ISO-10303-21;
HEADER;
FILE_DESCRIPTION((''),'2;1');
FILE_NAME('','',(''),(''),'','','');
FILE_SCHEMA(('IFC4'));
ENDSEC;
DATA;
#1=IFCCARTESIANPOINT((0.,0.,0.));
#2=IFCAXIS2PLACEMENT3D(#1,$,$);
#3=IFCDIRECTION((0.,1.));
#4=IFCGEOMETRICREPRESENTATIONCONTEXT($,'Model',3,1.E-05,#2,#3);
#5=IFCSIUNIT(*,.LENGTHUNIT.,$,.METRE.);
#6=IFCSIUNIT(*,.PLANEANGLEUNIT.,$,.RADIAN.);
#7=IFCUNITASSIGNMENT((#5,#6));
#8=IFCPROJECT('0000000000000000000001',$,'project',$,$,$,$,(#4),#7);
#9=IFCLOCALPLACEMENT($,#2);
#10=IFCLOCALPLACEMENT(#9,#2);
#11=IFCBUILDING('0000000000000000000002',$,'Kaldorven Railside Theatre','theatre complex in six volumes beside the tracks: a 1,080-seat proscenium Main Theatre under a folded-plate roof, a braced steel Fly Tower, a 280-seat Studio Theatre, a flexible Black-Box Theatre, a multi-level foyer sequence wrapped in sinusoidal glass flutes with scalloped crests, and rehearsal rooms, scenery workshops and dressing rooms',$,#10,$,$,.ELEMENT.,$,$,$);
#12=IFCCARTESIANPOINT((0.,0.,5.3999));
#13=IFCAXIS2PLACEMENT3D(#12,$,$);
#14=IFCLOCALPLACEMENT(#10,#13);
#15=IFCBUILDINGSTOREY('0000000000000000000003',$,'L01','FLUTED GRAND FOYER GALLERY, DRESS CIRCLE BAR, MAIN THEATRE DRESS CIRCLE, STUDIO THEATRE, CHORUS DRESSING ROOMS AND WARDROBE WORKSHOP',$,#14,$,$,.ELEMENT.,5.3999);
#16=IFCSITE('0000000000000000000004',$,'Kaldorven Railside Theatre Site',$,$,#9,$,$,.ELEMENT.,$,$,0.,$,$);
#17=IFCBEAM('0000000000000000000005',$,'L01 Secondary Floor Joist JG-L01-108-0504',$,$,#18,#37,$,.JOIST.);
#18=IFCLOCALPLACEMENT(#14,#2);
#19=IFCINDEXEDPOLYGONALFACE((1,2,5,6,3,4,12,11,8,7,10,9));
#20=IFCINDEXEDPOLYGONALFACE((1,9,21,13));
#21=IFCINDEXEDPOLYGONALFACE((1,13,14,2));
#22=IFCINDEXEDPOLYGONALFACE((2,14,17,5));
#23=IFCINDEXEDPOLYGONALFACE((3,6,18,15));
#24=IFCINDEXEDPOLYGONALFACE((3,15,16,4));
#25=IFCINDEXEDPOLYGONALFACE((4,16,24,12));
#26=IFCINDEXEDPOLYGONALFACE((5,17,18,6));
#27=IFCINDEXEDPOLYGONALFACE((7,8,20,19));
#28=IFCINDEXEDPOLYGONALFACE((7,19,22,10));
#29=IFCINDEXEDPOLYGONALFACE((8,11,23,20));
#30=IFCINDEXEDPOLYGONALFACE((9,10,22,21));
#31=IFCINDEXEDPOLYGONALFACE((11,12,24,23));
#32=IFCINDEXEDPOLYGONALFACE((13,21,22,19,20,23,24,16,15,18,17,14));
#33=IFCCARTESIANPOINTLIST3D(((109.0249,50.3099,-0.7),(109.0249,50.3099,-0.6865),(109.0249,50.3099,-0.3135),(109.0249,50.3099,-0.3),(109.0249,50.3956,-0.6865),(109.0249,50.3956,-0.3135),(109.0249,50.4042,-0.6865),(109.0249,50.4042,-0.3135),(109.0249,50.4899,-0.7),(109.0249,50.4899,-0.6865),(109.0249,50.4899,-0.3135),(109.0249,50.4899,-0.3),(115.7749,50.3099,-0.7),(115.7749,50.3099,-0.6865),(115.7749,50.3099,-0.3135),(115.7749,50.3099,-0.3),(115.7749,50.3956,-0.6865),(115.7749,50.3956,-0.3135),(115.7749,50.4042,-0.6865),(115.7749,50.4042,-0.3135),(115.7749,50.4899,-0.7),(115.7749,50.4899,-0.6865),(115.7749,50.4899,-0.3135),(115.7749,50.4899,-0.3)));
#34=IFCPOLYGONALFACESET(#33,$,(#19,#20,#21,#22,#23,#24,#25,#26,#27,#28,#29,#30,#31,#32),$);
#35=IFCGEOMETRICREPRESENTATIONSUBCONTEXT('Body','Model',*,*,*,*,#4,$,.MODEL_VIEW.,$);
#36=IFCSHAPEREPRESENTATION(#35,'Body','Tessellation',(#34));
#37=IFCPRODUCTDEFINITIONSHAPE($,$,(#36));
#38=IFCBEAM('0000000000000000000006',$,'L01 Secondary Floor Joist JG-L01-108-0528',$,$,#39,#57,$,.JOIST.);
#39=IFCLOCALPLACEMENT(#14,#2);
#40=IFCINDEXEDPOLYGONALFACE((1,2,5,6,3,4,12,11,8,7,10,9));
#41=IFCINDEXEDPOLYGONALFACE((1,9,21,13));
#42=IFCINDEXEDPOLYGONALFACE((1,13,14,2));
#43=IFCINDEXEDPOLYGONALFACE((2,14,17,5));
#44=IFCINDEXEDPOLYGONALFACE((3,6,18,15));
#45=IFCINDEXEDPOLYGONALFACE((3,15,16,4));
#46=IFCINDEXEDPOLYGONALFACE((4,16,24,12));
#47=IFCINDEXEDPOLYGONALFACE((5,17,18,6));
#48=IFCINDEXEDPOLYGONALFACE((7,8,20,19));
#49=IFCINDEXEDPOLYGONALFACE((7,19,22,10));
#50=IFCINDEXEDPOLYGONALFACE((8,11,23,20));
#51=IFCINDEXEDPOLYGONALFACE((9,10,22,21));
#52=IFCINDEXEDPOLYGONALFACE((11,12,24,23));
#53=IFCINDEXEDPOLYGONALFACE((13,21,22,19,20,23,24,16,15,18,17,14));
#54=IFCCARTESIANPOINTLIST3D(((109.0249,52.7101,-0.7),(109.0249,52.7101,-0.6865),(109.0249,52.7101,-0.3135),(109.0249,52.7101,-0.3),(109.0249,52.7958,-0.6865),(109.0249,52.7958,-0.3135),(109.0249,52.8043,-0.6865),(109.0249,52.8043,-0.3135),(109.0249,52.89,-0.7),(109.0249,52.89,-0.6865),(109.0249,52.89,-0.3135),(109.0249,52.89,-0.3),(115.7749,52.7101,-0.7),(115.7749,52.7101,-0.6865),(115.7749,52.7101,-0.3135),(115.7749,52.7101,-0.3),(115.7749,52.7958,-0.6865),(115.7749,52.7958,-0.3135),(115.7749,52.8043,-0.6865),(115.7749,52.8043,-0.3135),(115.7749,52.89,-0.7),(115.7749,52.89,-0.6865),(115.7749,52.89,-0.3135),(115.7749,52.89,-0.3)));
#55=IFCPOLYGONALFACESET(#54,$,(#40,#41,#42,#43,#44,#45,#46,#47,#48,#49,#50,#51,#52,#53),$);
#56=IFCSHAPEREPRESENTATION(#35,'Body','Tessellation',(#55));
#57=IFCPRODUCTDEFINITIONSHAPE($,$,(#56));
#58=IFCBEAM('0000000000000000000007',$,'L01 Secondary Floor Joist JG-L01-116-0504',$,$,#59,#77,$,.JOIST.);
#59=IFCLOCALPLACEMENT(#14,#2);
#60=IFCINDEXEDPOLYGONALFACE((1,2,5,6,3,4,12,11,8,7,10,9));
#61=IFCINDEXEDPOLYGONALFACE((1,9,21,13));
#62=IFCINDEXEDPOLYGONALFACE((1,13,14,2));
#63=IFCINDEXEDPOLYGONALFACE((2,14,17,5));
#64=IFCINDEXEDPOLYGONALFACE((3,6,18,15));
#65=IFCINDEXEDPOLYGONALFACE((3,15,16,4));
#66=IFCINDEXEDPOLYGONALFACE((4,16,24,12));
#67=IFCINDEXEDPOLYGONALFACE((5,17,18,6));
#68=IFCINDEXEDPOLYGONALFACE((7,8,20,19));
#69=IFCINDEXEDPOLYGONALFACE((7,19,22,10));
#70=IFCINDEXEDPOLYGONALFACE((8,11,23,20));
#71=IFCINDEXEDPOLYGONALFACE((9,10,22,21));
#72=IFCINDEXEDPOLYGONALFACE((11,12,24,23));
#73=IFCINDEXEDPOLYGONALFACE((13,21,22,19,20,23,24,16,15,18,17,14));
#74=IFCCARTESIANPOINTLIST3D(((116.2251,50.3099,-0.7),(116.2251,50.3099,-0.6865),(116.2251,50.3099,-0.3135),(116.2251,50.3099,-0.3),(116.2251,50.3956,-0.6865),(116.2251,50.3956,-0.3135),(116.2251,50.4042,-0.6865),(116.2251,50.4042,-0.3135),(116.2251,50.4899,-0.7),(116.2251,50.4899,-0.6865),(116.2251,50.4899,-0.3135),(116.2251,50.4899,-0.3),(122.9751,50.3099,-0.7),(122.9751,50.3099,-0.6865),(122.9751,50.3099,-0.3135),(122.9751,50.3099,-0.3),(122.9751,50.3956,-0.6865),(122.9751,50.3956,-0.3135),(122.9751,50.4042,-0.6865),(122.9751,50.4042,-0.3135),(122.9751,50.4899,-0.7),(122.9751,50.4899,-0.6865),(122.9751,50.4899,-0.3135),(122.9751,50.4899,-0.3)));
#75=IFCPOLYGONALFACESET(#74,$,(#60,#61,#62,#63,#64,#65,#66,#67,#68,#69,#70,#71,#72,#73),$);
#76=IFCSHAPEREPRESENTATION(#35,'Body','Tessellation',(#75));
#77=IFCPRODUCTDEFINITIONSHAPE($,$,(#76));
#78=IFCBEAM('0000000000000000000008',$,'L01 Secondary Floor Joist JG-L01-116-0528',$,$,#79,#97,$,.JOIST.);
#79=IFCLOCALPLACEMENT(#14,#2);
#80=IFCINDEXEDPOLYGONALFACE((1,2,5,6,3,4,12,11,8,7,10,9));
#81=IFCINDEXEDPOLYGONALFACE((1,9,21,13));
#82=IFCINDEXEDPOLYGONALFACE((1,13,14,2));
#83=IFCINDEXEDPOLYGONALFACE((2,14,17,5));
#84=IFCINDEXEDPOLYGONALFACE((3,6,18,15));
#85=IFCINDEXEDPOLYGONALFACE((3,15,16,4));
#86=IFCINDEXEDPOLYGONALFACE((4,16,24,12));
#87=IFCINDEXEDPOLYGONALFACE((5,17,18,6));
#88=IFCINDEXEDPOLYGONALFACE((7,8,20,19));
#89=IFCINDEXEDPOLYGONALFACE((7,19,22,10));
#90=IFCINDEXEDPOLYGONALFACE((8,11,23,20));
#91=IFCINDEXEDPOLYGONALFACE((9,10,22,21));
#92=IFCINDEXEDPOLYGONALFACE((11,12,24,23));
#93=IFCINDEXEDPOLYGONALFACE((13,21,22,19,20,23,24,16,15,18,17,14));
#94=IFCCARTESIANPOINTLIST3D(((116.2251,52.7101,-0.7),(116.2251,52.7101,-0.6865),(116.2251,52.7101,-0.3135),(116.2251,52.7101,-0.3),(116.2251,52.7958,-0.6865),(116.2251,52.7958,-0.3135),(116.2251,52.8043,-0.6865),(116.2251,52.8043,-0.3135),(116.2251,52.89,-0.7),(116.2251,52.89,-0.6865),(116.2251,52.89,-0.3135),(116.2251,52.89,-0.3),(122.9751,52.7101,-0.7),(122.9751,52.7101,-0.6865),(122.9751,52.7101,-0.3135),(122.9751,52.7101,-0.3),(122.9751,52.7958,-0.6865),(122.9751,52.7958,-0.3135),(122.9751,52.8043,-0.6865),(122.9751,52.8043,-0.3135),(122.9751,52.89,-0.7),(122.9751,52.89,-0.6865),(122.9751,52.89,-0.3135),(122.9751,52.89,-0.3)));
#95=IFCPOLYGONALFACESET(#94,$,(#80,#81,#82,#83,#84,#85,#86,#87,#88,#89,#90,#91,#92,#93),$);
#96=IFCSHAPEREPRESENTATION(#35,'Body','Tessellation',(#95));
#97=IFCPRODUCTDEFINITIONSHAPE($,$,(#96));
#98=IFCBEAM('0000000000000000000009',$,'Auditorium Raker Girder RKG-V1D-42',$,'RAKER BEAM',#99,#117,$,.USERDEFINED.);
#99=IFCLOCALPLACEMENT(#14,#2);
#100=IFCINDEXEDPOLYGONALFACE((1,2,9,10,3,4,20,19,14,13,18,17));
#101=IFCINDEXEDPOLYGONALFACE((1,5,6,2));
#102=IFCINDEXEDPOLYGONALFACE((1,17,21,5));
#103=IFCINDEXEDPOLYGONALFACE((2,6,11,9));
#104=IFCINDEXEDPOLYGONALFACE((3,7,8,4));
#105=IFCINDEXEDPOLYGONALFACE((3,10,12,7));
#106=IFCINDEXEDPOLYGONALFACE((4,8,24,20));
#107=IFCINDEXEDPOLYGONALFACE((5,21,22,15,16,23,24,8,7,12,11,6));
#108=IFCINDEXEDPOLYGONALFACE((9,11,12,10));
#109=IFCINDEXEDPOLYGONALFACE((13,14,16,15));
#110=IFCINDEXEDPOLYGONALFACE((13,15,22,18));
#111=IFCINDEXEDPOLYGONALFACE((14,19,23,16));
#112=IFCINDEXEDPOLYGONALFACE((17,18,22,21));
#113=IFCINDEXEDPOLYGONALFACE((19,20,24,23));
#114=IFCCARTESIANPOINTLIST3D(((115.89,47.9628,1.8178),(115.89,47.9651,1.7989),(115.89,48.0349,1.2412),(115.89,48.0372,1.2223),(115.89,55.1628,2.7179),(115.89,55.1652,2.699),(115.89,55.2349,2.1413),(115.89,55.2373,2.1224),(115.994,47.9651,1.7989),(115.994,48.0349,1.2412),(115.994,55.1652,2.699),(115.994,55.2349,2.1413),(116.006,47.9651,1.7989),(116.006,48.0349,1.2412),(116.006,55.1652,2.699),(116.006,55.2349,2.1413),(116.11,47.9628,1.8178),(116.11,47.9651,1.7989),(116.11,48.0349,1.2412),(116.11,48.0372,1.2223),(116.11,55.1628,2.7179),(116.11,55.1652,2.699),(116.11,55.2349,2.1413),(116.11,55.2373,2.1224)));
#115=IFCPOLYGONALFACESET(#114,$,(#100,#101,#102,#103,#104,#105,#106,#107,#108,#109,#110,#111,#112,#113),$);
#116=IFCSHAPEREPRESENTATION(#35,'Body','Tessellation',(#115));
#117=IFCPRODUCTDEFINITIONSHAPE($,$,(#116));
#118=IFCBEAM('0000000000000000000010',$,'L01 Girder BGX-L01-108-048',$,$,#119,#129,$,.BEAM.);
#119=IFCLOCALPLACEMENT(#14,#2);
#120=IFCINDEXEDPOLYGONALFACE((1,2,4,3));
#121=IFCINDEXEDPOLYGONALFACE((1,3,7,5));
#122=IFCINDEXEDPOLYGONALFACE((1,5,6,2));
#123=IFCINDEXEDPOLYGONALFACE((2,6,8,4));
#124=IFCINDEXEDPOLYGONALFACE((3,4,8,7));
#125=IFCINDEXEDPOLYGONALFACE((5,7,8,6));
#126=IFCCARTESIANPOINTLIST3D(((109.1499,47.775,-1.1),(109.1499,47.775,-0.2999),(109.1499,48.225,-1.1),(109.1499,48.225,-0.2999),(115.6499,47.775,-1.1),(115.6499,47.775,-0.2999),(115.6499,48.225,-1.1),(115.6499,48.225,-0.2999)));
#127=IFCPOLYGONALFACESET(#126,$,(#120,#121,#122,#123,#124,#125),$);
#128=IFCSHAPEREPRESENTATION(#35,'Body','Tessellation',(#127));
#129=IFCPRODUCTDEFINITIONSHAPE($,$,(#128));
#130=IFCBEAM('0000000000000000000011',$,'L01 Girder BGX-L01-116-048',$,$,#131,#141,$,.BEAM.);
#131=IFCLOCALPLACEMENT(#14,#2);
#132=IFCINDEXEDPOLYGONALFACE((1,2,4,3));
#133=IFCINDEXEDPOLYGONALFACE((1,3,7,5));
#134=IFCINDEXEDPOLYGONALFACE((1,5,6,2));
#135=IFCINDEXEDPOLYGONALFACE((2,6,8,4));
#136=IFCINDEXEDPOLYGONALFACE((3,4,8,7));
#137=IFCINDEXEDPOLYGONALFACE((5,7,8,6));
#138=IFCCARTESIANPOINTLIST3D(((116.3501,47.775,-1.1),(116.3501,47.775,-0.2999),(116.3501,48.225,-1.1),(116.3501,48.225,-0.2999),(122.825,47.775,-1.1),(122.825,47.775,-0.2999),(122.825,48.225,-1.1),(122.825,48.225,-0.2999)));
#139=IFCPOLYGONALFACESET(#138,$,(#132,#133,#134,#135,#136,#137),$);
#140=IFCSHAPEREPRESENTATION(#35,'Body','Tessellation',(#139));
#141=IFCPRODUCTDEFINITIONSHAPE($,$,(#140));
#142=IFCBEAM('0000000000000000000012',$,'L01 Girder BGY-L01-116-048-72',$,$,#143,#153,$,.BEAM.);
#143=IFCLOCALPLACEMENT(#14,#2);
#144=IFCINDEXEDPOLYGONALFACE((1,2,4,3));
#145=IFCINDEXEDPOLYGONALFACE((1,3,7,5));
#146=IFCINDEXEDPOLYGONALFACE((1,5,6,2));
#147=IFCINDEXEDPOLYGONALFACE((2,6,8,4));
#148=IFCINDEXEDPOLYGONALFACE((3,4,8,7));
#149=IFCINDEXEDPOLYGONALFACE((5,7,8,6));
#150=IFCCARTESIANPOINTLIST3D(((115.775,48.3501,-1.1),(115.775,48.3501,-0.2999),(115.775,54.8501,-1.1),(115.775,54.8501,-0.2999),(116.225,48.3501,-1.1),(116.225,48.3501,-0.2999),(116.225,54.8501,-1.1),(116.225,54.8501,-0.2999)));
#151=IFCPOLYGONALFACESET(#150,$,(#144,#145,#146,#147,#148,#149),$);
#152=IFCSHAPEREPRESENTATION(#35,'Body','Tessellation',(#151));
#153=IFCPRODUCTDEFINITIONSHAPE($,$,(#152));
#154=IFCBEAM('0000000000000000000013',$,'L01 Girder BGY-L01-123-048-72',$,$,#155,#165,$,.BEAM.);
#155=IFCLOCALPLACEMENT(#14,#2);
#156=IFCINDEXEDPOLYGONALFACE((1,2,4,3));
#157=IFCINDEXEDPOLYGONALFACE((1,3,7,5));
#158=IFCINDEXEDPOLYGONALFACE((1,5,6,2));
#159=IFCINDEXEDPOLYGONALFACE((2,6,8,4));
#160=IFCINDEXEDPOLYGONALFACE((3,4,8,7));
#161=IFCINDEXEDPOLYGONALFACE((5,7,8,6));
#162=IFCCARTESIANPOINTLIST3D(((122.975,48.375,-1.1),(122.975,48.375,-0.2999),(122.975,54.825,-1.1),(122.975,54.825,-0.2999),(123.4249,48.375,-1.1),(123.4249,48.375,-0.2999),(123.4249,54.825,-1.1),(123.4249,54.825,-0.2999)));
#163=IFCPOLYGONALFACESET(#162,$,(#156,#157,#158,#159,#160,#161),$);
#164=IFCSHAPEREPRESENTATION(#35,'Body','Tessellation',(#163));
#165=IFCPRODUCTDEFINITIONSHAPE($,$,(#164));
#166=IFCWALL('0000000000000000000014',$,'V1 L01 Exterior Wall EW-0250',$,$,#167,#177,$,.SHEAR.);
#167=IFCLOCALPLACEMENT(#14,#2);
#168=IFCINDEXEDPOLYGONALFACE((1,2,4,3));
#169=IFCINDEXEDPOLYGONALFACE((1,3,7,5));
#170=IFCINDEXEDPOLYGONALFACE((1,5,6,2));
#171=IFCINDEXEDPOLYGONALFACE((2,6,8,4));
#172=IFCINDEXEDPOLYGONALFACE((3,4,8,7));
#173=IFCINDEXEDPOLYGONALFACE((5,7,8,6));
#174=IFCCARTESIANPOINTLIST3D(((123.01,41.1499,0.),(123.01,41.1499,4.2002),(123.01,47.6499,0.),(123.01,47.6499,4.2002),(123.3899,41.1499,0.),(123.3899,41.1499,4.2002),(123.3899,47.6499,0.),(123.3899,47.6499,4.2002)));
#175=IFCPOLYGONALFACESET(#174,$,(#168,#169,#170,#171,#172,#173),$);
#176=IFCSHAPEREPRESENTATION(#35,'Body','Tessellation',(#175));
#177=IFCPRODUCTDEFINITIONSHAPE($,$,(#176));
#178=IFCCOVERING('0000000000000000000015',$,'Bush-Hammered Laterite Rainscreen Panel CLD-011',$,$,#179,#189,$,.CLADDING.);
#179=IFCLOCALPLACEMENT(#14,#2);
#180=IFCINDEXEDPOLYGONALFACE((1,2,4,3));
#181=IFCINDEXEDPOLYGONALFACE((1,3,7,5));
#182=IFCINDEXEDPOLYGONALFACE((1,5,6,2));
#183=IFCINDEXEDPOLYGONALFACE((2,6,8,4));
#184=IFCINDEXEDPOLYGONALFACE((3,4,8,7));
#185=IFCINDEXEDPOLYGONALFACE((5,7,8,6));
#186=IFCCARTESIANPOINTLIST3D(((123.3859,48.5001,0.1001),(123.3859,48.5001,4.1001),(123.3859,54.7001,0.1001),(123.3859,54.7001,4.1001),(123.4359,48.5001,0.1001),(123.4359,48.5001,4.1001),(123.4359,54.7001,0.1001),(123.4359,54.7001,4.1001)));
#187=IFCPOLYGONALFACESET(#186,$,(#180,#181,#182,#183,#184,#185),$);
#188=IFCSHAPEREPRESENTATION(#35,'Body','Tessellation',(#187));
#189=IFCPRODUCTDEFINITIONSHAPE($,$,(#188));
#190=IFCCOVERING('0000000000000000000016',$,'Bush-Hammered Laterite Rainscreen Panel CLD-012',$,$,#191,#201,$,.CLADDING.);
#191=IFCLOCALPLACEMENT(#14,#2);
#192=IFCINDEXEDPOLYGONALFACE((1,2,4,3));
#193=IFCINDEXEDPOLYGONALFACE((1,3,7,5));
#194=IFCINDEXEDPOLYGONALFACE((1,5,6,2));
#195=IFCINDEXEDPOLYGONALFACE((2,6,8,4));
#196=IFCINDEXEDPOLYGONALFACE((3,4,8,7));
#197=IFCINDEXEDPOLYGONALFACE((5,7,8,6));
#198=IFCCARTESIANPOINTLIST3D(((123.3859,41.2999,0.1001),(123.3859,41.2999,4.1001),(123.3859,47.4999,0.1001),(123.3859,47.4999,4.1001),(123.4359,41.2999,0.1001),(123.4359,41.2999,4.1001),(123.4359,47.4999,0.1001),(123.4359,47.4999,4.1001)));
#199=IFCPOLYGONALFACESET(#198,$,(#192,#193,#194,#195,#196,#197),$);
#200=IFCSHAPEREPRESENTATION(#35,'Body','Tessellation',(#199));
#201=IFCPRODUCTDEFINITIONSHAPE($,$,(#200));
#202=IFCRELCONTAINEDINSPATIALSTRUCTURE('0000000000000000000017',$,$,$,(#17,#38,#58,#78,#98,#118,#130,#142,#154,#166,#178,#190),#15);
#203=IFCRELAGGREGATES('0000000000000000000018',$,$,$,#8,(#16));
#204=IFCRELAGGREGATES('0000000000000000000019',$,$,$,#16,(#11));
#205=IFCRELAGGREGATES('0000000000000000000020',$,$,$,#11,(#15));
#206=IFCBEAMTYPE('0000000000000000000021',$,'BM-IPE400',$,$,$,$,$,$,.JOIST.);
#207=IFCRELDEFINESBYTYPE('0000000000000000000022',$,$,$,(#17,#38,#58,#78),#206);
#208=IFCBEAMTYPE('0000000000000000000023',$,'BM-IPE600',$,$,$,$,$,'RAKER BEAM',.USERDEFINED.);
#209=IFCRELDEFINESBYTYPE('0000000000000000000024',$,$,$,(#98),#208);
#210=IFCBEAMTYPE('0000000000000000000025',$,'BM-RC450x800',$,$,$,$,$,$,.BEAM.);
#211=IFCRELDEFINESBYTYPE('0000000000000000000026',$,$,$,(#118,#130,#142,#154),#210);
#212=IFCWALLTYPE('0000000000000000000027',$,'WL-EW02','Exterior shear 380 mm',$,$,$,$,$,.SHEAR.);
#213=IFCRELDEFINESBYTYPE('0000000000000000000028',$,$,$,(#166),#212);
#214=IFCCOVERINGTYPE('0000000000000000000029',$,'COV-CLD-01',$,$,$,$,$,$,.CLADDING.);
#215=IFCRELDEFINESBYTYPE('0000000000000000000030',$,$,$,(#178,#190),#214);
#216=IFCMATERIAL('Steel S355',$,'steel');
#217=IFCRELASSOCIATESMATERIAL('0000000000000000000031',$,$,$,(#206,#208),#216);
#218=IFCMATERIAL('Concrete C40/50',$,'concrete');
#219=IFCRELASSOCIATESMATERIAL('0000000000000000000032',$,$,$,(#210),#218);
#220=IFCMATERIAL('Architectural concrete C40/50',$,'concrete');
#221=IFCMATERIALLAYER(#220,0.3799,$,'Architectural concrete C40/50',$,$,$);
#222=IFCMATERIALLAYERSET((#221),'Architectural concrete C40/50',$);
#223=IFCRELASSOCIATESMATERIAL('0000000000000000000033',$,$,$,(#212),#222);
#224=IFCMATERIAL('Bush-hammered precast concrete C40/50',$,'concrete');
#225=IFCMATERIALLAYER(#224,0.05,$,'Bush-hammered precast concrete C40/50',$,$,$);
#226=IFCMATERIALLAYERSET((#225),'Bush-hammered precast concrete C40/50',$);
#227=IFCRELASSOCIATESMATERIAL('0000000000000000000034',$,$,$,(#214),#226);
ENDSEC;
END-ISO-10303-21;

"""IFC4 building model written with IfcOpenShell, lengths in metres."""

from ifc_helpers import new_model, si_unit, direction, frame, frame_2d, origin, origin_2d, place, context, subcontext, project, spatial, rectangle, i_section, extrude, material, layer, layer_set, material_profile, profile_set, type_object, element, save


model = new_model("IFC4")

# Units and contexts
model_context = context("Model", 3, precision=1e-05, world=origin(), true_north=direction((0.0, 1.0)))
body_context = subcontext(model_context, "Body", "Model", "MODEL_VIEW")
ifc_project = project(units=[si_unit("LENGTHUNIT", "METRE"), si_unit("PLANEANGLEUNIT", "RADIAN")], contexts=[model_context])

# Site, building, storey
site_placement = place(None, origin())
site = spatial("IfcSite", under=ifc_project, at=site_placement, Name="Kaldorven Railside Theatre Site", CompositionType="ELEMENT", RefElevation=0.0)
building_placement = place(site_placement, origin())
building = spatial("IfcBuilding", under=site, at=building_placement, Name="Kaldorven Railside Theatre", Description="theatre complex in six volumes beside the tracks: a 1,080-seat proscenium Main Theatre under a folded-plate roof, a braced steel Fly Tower, a 280-seat Studio Theatre, a flexible Black-Box Theatre, a multi-level foyer sequence wrapped in sinusoidal glass flutes with scalloped crests, and rehearsal rooms, scenery workshops and dressing rooms", CompositionType="ELEMENT")
storey_placement = place(building_placement, frame((0.0, 0.0, 5.3999)))
storey = spatial("IfcBuildingStorey", under=building, at=storey_placement, Name="L01", Description="FLUTED GRAND FOYER GALLERY, DRESS CIRCLE BAR, MAIN THEATRE DRESS CIRCLE, STUDIO THEATRE, CHORUS DRESSING ROOMS AND WARDROBE WORKSHOP", CompositionType="ELEMENT", Elevation=5.3999)

# Shared definitions
ifc_material_1 = material(Name="Concrete C40/50", Category="concrete")

# Beams
ifc_material_2 = material(Name="Steel S355", Category="steel")
ifc_material_profile_1 = material_profile(ifc_material_2, i_section(OverallWidth=0.1799, OverallDepth=0.3999, WebThickness=0.0085, FlangeThickness=0.0134, at=origin_2d()), Name="IPE 400")
ifc_profile_set_1 = profile_set([ifc_material_profile_1], Name="Steel S355")
beam_type_1 = type_object("IfcBeamType", Name="BM-IPE400", PredefinedType="JOIST", material=ifc_profile_set_1)
for number, where, z_axis, x_axis, name in (
    (1, (109.0249, 50.3999, -0.5), (1.0, 0.0, 0.0), (0.0, 1.0, 0.0), "L01 Secondary Floor Joist JG-L01-108-0504"),
    (2, (109.0249, 52.8, -0.5), (1.0, 0.0, 0.0), (0.0, 1.0, 0.0), "L01 Secondary Floor Joist JG-L01-108-0528"),
    (3, (116.2251, 50.3999, -0.5), (1.0, 0.0, 0.0), (0.0, 1.0, 0.0), "L01 Secondary Floor Joist JG-L01-116-0504"),
    (4, (116.2251, 52.8, -0.5), (1.0, 0.0, 0.0), (0.0, 1.0, 0.0), "L01 Secondary Floor Joist JG-L01-116-0528"),
):
    element("IfcBeam", number, at=place(storey_placement, frame(where, z_axis=z_axis, x_axis=x_axis)), inside=storey, type_object=beam_type_1, Name=name, PredefinedType="JOIST", context=body_context, shape_type="SweptSolid", body=[
        extrude(i_section(OverallWidth=0.1799, OverallDepth=0.3999, WebThickness=0.0085, FlangeThickness=0.0134, at=origin_2d()), origin(), (0.0, 0.0, 1.0), 6.75),
    ])
ifc_material_profile_2 = material_profile(ifc_material_2, i_section(OverallWidth=0.22, OverallDepth=0.6001, WebThickness=0.012, FlangeThickness=0.019, at=origin_2d()), Name="IPE 600")
ifc_profile_set_2 = profile_set([ifc_material_profile_2], Name="Steel S355")
beam_type_2 = type_object("IfcBeamType", Name="BM-IPE600", ElementType="RAKER BEAM", PredefinedType="USERDEFINED", material=ifc_profile_set_2)
beam_1_placement = place(storey_placement, frame((116.0, 48.0, 1.52), z_axis=(0.0, 0.992275, 0.124055), x_axis=(-1.0, 0.0, 0.0)))
element("IfcBeam", 5, at=beam_1_placement, inside=storey, type_object=beam_type_2, Name="Auditorium Raker Girder RKG-V1D-42", ObjectType="RAKER BEAM", PredefinedType="USERDEFINED", context=body_context, shape_type="SweptSolid", body=[
    extrude(i_section(OverallWidth=0.22, OverallDepth=0.6001, WebThickness=0.012, FlangeThickness=0.019, at=origin_2d()), origin(), (0.0, 0.0, 1.0), 7.2561),
])
ifc_material_profile_3 = material_profile(ifc_material_1, rectangle(XDim=0.45, YDim=0.8, at=origin_2d()), Name="RC 450x800")
ifc_profile_set_3 = profile_set([ifc_material_profile_3], Name="Concrete C40/50")
beam_type_3 = type_object("IfcBeamType", Name="BM-RC450x800", PredefinedType="BEAM", material=ifc_profile_set_3)
beam_2_placement = place(storey_placement, frame((109.1499, 48.0, -0.7), z_axis=(1.0, 0.0, 0.0), x_axis=(0.0, 1.0, 0.0)))
element("IfcBeam", 6, at=beam_2_placement, inside=storey, type_object=beam_type_3, Name="L01 Girder BGX-L01-108-048", PredefinedType="BEAM", context=body_context, shape_type="SweptSolid", body=[
    extrude(rectangle(XDim=0.45, YDim=0.8, at=origin_2d()), origin(), (0.0, 0.0, 1.0), 6.5),
])
beam_3_placement = place(storey_placement, frame((116.3501, 48.0, -0.7), z_axis=(1.0, 0.0, 0.0), x_axis=(0.0, 1.0, 0.0)))
element("IfcBeam", 7, at=beam_3_placement, inside=storey, type_object=beam_type_3, Name="L01 Girder BGX-L01-116-048", PredefinedType="BEAM", context=body_context, shape_type="SweptSolid", body=[
    extrude(rectangle(XDim=0.45, YDim=0.8, at=origin_2d()), origin(), (0.0, 0.0, 1.0), 6.4749),
])
beam_4_placement = place(storey_placement, frame((116.0, 48.3501, -0.7), z_axis=(0.0, 1.0, 0.0), x_axis=(-1.0, 0.0, 0.0)))
element("IfcBeam", 8, at=beam_4_placement, inside=storey, type_object=beam_type_3, Name="L01 Girder BGY-L01-116-048-72", PredefinedType="BEAM", context=body_context, shape_type="SweptSolid", body=[
    extrude(rectangle(XDim=0.45, YDim=0.8, at=origin_2d()), origin(), (0.0, 0.0, 1.0), 6.5),
])
beam_5_placement = place(storey_placement, frame((123.2, 48.375, -0.7), z_axis=(0.0, 1.0, 0.0), x_axis=(-1.0, 0.0, 0.0)))
element("IfcBeam", 9, at=beam_5_placement, inside=storey, type_object=beam_type_3, Name="L01 Girder BGY-L01-123-048-72", PredefinedType="BEAM", context=body_context, shape_type="SweptSolid", body=[
    extrude(rectangle(XDim=0.45, YDim=0.8, at=origin_2d()), origin(), (0.0, 0.0, 1.0), 6.45),
])

# Wall
ifc_material_3 = material(Name="Architectural concrete C40/50", Category="concrete")
ifc_layer_1 = layer(ifc_material_3, 0.3799, Name="Architectural concrete C40/50")
ifc_layer_set_1 = layer_set([ifc_layer_1], Name="Architectural concrete C40/50")
wall_type = type_object("IfcWallType", Name="WL-EW02", Description="Exterior shear 380 mm", PredefinedType="SHEAR", material=ifc_layer_set_1)
wall_placement = place(storey_placement, frame((123.2, 47.6499, 0.0), z_axis=(0.0, 0.0, 1.0), x_axis=(0.0, -1.0, 0.0)))
element("IfcWall", 10, at=wall_placement, inside=storey, type_object=wall_type, Name="V1 L01 Exterior Wall EW-0250", PredefinedType="SHEAR", context=body_context, shape_type="SweptSolid", body=[
    extrude(rectangle(XDim=6.5, YDim=0.3799, at=frame_2d((3.25, 0.0))), origin(), (0.0, 0.0, 1.0), 4.2002),
])

# Coverings
ifc_material_4 = material(Name="Bush-hammered precast concrete C40/50", Category="concrete")
ifc_layer_2 = layer(ifc_material_4, 0.05, Name="Bush-hammered precast concrete C40/50")
ifc_layer_set_2 = layer_set([ifc_layer_2], Name="Bush-hammered precast concrete C40/50")
covering_type = type_object("IfcCoveringType", Name="COV-CLD-01", PredefinedType="CLADDING", material=ifc_layer_set_2)
for number, where, z_axis, x_axis, name in (
    (11, (123.4109, 51.6001, 0.1001), (0.0, 0.0, 1.0), (0.0, -1.0, 0.0), "Bush-Hammered Laterite Rainscreen Panel CLD-011"),
    (12, (123.4109, 44.3999, 0.1001), (0.0, 0.0, 1.0), (0.0, -1.0, 0.0), "Bush-Hammered Laterite Rainscreen Panel CLD-012"),
):
    element("IfcCovering", number, at=place(storey_placement, frame(where, z_axis=z_axis, x_axis=x_axis)), inside=storey, type_object=covering_type, Name=name, PredefinedType="CLADDING", context=body_context, shape_type="SweptSolid", body=[
        extrude(rectangle(XDim=6.2, YDim=0.05, at=origin_2d()), origin(), (0.0, 0.0, 1.0), 4.0),
    ])

save(model, "model.ifc")
